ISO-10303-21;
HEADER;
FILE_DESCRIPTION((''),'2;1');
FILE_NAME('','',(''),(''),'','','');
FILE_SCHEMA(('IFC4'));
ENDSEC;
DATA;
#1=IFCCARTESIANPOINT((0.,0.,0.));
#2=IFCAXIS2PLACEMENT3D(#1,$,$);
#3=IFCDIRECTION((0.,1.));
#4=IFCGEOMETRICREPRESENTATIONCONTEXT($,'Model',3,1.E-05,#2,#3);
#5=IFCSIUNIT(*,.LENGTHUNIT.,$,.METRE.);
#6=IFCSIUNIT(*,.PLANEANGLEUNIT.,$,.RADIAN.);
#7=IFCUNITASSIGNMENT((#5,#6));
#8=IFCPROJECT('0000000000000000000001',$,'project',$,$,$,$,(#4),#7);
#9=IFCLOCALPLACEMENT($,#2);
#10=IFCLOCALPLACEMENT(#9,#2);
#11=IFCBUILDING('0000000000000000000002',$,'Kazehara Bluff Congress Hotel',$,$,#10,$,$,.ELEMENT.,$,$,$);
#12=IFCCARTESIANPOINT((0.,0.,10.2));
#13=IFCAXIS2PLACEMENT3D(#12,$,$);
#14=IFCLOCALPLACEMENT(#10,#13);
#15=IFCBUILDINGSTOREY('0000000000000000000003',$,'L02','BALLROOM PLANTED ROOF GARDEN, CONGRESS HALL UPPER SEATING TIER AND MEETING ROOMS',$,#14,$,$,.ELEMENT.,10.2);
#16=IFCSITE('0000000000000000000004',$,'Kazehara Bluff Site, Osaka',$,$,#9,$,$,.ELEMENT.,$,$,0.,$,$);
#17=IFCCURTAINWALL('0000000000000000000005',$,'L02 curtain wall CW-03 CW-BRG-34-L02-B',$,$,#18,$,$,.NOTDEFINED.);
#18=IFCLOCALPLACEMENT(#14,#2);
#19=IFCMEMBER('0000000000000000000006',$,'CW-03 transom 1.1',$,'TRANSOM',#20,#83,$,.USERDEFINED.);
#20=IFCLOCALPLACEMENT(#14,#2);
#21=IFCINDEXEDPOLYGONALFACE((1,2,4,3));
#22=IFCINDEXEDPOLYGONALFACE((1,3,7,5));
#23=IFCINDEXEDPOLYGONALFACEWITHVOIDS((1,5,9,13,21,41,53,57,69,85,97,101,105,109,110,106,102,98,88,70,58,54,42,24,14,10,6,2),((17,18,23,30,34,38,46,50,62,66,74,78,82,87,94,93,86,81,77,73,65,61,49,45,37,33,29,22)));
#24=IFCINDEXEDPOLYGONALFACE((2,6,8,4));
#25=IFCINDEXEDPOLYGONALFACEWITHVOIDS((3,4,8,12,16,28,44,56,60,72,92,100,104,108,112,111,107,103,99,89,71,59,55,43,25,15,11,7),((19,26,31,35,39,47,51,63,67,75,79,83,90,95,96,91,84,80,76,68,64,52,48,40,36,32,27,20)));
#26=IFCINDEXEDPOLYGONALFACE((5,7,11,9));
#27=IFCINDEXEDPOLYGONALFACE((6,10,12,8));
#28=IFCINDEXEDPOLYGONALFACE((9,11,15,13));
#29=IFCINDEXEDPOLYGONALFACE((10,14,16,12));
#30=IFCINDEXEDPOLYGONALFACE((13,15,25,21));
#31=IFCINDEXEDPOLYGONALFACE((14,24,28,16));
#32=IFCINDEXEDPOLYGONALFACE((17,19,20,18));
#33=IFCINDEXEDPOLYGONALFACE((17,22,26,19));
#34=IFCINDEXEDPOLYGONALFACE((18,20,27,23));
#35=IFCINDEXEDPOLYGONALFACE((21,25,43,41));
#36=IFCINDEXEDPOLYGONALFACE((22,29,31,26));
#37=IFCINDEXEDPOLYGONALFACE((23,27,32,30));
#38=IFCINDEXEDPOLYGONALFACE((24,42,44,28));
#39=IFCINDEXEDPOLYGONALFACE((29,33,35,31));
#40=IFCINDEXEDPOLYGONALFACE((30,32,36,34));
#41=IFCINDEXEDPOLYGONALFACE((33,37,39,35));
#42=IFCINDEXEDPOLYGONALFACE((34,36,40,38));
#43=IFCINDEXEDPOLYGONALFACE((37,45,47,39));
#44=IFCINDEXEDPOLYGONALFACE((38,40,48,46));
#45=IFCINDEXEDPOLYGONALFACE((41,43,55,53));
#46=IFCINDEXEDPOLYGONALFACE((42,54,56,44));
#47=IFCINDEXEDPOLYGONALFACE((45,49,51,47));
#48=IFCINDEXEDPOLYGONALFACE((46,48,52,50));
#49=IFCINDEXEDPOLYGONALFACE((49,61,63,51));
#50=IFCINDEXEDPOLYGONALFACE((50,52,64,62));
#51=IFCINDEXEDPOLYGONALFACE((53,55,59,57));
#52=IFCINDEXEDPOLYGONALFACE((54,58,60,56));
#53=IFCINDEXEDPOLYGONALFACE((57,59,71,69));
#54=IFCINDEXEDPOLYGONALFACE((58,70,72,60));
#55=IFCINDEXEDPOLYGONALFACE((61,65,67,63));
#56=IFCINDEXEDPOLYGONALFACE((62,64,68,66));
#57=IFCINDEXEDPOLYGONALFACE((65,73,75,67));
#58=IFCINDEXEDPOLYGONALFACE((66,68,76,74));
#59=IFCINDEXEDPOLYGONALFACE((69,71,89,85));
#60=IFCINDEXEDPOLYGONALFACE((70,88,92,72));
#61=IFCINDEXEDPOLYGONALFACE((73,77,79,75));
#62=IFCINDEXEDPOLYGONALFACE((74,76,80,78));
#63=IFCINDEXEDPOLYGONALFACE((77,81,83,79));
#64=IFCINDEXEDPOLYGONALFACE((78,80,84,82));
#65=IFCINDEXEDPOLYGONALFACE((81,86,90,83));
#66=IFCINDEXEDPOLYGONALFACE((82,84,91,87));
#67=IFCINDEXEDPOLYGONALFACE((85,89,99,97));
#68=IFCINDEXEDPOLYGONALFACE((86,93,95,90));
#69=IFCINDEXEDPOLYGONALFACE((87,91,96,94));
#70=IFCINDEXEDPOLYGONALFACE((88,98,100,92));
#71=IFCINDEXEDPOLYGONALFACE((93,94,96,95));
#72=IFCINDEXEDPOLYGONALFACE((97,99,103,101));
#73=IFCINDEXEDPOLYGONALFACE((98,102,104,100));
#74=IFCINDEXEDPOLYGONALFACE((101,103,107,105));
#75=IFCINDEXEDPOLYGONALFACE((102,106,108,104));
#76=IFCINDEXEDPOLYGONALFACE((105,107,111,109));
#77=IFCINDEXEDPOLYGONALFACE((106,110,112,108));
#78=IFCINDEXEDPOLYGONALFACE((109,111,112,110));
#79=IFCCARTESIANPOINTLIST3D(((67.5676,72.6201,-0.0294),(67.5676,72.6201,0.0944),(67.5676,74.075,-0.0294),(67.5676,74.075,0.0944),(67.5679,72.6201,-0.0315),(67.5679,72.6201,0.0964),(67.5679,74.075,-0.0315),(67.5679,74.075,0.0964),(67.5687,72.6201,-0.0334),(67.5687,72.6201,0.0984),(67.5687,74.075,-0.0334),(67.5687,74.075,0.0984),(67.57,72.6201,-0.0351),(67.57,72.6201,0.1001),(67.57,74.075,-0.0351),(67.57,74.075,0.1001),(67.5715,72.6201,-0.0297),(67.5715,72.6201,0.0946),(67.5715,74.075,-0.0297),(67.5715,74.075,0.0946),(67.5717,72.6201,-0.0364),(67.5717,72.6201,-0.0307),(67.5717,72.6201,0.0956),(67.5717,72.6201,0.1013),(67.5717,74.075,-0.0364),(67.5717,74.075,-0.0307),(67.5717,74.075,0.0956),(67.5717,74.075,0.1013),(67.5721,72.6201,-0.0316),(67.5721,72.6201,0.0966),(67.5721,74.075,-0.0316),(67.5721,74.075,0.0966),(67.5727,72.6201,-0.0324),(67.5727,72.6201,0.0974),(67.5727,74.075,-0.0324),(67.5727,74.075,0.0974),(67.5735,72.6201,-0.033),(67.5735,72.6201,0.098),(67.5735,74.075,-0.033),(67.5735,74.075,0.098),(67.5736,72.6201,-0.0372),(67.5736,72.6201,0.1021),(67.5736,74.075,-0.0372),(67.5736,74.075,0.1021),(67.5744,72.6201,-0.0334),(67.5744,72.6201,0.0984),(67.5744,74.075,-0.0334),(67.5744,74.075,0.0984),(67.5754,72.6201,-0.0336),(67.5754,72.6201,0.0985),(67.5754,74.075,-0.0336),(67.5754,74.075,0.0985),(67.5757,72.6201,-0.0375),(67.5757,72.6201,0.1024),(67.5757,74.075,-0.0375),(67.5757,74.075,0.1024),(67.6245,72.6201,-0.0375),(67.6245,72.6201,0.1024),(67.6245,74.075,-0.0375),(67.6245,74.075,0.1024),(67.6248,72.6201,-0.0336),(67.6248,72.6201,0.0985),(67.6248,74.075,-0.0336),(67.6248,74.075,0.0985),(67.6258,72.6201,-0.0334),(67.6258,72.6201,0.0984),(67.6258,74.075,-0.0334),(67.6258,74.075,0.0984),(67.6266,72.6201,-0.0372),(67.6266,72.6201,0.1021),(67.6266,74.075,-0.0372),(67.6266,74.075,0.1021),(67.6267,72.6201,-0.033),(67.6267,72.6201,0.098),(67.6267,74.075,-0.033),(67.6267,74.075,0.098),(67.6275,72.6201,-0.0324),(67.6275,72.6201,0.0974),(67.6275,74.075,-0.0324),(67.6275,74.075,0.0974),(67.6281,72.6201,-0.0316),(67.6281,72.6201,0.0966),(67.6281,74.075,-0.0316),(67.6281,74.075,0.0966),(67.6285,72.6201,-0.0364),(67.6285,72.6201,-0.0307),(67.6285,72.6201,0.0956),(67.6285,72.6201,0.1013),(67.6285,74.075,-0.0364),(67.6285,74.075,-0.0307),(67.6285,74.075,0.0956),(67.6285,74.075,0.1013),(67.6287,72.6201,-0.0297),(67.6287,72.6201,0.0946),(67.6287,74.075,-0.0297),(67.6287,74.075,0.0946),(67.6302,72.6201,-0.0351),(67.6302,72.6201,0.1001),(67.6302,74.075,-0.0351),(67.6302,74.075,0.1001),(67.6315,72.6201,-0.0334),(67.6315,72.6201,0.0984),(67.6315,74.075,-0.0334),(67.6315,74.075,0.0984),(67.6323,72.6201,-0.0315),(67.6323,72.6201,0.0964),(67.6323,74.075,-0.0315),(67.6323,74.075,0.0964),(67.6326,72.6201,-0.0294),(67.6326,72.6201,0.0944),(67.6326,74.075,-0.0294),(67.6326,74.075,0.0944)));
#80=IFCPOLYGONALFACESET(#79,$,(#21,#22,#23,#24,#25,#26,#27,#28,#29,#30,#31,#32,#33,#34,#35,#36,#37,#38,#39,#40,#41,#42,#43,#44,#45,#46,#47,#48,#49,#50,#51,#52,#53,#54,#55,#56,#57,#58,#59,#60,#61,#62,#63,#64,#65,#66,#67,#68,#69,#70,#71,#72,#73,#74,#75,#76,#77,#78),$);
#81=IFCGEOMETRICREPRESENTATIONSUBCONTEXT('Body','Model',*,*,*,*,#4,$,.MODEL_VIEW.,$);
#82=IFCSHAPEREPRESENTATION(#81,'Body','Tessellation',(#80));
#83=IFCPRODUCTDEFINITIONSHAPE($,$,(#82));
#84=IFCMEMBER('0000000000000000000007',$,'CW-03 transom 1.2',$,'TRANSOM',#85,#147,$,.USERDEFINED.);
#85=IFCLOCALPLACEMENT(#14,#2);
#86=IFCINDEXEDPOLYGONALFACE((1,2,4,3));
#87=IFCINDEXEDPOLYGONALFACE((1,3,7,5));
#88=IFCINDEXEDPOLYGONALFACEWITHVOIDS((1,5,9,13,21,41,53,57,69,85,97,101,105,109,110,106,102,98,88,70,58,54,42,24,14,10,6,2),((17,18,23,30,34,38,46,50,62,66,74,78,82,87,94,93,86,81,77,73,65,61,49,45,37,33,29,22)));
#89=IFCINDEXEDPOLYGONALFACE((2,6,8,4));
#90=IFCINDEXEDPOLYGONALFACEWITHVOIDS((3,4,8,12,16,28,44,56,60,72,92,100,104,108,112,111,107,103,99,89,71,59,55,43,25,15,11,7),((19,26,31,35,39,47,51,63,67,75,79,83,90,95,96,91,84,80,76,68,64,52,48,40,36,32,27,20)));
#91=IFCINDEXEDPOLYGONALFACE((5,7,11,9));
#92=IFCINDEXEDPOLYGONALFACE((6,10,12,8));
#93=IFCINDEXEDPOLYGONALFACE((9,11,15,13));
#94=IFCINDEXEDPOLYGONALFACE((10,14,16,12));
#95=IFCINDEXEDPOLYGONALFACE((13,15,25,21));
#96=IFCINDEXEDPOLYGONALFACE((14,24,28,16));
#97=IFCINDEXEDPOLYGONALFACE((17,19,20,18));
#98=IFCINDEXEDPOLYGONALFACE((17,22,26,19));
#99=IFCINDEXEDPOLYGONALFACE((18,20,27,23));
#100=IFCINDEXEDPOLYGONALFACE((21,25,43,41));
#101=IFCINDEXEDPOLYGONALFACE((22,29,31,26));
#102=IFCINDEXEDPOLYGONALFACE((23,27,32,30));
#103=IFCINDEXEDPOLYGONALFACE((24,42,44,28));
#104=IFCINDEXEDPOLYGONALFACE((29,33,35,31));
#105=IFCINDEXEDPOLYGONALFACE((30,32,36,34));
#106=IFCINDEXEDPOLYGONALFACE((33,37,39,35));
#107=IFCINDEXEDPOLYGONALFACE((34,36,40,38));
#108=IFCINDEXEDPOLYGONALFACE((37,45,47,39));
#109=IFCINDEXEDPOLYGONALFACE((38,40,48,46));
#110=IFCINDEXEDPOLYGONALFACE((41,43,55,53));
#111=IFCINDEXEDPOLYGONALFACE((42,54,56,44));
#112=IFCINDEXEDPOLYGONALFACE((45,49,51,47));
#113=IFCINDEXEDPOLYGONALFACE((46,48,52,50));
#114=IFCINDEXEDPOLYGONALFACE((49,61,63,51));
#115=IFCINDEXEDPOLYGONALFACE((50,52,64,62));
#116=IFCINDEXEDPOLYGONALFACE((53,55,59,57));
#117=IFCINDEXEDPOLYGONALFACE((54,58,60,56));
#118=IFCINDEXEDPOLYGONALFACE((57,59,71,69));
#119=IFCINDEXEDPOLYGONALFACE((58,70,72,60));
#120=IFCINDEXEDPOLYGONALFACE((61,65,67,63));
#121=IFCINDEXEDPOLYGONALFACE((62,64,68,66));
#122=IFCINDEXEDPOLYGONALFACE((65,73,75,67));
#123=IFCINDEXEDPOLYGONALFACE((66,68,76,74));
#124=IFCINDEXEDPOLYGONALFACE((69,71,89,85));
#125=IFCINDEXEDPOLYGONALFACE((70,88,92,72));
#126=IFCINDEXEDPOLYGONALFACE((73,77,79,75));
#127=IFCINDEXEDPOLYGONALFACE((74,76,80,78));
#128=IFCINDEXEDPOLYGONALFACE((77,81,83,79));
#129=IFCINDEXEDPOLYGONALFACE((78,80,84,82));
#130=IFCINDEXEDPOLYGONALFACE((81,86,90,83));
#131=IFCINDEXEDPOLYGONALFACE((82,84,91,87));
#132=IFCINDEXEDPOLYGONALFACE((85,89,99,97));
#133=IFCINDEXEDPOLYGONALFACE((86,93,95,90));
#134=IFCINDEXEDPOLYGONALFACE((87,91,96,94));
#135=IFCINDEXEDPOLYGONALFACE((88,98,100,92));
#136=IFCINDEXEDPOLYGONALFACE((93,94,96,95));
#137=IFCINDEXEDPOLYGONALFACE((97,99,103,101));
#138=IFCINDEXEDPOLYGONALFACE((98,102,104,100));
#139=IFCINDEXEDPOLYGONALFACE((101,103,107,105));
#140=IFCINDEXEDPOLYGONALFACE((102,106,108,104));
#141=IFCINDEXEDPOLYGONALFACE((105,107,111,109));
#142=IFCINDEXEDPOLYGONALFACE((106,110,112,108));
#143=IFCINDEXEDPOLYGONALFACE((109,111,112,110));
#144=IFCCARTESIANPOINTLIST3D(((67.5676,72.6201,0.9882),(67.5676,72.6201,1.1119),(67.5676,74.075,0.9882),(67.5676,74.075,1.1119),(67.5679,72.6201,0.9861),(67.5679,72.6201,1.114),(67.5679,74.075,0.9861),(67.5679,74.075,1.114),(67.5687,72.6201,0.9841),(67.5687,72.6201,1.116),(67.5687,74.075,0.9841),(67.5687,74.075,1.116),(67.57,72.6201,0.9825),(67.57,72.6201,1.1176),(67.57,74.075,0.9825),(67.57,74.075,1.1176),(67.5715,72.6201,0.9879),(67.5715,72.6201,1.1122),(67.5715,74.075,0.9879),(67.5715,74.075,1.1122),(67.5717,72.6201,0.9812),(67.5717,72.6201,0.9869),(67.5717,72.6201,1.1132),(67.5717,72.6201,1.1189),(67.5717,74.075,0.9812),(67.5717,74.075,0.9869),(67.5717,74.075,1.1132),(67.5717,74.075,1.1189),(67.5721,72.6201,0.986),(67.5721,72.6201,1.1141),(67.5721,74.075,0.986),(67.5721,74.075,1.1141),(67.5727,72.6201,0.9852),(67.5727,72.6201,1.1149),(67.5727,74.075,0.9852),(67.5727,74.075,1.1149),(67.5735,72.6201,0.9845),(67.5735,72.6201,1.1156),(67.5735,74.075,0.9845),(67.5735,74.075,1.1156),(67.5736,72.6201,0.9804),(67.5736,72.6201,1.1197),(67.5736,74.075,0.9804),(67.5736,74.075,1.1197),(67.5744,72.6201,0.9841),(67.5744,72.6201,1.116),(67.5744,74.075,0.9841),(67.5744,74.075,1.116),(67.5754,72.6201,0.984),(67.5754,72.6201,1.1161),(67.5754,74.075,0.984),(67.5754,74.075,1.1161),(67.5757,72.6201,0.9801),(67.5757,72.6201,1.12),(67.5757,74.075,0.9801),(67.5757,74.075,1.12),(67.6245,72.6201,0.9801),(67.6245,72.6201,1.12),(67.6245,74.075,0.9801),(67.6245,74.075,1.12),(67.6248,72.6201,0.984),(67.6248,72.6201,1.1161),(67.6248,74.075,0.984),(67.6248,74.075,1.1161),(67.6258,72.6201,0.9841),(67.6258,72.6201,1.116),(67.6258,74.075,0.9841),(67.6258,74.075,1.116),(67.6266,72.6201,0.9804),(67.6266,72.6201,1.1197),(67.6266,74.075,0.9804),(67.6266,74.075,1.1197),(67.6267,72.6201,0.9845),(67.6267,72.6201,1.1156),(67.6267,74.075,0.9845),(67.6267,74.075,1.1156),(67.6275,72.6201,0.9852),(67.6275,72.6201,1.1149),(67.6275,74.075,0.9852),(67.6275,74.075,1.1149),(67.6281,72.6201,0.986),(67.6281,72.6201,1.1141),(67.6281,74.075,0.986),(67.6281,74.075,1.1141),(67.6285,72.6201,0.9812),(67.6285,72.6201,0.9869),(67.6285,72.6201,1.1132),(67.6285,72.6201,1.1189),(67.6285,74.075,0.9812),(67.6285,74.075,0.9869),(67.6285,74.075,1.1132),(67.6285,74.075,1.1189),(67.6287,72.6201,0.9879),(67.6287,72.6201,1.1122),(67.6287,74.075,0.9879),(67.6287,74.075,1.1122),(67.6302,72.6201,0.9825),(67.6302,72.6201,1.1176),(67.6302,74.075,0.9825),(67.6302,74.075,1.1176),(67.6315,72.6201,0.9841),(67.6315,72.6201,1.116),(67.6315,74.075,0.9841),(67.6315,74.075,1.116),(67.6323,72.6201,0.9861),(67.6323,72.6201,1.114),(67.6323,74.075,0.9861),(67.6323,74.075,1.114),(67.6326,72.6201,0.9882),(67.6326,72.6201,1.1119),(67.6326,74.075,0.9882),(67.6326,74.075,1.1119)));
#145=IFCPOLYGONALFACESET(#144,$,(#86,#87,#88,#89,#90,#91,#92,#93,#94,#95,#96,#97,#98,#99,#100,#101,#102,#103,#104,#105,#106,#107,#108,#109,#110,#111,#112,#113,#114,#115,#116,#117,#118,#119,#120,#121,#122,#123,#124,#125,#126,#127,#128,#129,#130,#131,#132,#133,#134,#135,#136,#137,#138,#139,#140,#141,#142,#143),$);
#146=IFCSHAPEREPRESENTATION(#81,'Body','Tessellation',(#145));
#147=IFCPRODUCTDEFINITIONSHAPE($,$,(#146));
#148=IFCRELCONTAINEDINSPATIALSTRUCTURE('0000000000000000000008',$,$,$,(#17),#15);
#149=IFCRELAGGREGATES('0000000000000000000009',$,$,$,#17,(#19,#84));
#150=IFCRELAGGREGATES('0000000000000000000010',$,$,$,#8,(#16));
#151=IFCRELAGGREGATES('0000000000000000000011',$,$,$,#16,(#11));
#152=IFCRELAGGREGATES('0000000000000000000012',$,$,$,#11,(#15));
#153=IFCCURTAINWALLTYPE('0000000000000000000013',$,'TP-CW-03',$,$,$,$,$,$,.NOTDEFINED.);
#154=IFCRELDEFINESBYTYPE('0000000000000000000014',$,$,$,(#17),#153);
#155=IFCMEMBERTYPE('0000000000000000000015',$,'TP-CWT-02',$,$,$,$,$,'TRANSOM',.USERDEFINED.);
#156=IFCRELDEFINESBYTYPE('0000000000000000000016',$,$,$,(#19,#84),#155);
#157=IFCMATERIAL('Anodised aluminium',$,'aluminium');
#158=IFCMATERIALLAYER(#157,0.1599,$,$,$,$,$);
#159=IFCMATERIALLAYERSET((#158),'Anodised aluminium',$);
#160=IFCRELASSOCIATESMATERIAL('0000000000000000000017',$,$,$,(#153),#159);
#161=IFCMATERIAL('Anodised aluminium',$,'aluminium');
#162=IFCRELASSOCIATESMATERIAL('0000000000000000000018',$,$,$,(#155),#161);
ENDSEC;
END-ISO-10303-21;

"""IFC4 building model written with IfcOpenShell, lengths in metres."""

from ifc_helpers import new_model, si_unit, direction, frame, origin, origin_2d, place, context, subcontext, project, spatial, hollow_rectangle, extrude, material, layer, layer_set, material_profile, profile_set, type_object, element, aggregate, save


model = new_model("IFC4")

# Units and contexts
model_context = context("Model", 3, precision=1e-05, world=origin(), true_north=direction((0.0, 1.0)))
body_context = subcontext(model_context, "Body", "Model", "MODEL_VIEW")
ifc_project = project(units=[si_unit("LENGTHUNIT", "METRE"), si_unit("PLANEANGLEUNIT", "RADIAN")], contexts=[model_context])

# Site, building, storey
site_placement = place(None, origin())
site = spatial("IfcSite", under=ifc_project, at=site_placement, Name="Kazehara Bluff Site, Osaka", CompositionType="ELEMENT", RefElevation=0.0)
building_placement = place(site_placement, origin())
building = spatial("IfcBuilding", under=site, at=building_placement, Name="Kazehara Bluff Congress Hotel", CompositionType="ELEMENT")
storey_placement = place(building_placement, frame((0.0, 0.0, 10.2)))
storey = spatial("IfcBuildingStorey", under=building, at=storey_placement, Name="L02", Description="BALLROOM PLANTED ROOF GARDEN, CONGRESS HALL UPPER SEATING TIER AND MEETING ROOMS", CompositionType="ELEMENT", Elevation=10.2)

# Curtain wall
ifc_material_1 = material(Name="Anodised aluminium", Category="aluminium")
ifc_layer_1 = layer(ifc_material_1, 0.1599)
ifc_layer_set_1 = layer_set([ifc_layer_1], Name="Anodised aluminium")
curtain_wall_type_1 = type_object("IfcCurtainWallType", Name="TP-CW-03", PredefinedType="NOTDEFINED", material=ifc_layer_set_1)
curtain_wall_1_placement = place(storey_placement, origin())
curtain_wall_1 = element("IfcCurtainWall", 1, at=curtain_wall_1_placement, inside=storey, type_object=curtain_wall_type_1, Name="L02 curtain wall CW-03 CW-BRG-34-L02-B", PredefinedType="NOTDEFINED")
ifc_material_2 = material(Name="Anodised aluminium", Category="aluminium")
ifc_material_profile_1 = material_profile(ifc_material_2, hollow_rectangle(XDim=0.0649, YDim=0.1399, WallThickness=0.0039, InnerFilletRadius=0.0039, OuterFilletRadius=0.0081, at=origin_2d()))
ifc_profile_set_1 = profile_set([ifc_material_profile_1], Name="Anodised aluminium")
member_type_1 = type_object("IfcMemberType", Name="TP-CWT-02", ElementType="TRANSOM", PredefinedType="USERDEFINED", material=ifc_profile_set_1)

# Members
member_1_placement = place(storey_placement, frame((67.6001, 72.6201, 0.0325), z_axis=(0.0, 1.0, 0.0), x_axis=(-1.0, 0.0, 0.0)))
member_1 = element("IfcMember", 2, at=member_1_placement, type_object=member_type_1, Name="CW-03 transom 1.1", ObjectType="TRANSOM", PredefinedType="USERDEFINED", context=body_context, shape_type="SweptSolid", body=[
    extrude(hollow_rectangle(XDim=0.0649, YDim=0.1399, WallThickness=0.0039, InnerFilletRadius=0.0039, OuterFilletRadius=0.0081, at=origin_2d()), origin(), (0.0, 0.0, 1.0), 1.4548),
])
member_2_placement = place(storey_placement, frame((67.6001, 72.6201, 1.05), z_axis=(0.0, 1.0, 0.0), x_axis=(-1.0, 0.0, 0.0)))
member_2 = element("IfcMember", 3, at=member_2_placement, type_object=member_type_1, Name="CW-03 transom 1.2", ObjectType="TRANSOM", PredefinedType="USERDEFINED", context=body_context, shape_type="SweptSolid", body=[
    extrude(hollow_rectangle(XDim=0.0649, YDim=0.1399, WallThickness=0.0039, InnerFilletRadius=0.0039, OuterFilletRadius=0.0081, at=origin_2d()), origin(), (0.0, 0.0, 1.0), 1.4548),
])

aggregate(curtain_wall_1, [member_1, member_2])

save(model, "model.ifc")
